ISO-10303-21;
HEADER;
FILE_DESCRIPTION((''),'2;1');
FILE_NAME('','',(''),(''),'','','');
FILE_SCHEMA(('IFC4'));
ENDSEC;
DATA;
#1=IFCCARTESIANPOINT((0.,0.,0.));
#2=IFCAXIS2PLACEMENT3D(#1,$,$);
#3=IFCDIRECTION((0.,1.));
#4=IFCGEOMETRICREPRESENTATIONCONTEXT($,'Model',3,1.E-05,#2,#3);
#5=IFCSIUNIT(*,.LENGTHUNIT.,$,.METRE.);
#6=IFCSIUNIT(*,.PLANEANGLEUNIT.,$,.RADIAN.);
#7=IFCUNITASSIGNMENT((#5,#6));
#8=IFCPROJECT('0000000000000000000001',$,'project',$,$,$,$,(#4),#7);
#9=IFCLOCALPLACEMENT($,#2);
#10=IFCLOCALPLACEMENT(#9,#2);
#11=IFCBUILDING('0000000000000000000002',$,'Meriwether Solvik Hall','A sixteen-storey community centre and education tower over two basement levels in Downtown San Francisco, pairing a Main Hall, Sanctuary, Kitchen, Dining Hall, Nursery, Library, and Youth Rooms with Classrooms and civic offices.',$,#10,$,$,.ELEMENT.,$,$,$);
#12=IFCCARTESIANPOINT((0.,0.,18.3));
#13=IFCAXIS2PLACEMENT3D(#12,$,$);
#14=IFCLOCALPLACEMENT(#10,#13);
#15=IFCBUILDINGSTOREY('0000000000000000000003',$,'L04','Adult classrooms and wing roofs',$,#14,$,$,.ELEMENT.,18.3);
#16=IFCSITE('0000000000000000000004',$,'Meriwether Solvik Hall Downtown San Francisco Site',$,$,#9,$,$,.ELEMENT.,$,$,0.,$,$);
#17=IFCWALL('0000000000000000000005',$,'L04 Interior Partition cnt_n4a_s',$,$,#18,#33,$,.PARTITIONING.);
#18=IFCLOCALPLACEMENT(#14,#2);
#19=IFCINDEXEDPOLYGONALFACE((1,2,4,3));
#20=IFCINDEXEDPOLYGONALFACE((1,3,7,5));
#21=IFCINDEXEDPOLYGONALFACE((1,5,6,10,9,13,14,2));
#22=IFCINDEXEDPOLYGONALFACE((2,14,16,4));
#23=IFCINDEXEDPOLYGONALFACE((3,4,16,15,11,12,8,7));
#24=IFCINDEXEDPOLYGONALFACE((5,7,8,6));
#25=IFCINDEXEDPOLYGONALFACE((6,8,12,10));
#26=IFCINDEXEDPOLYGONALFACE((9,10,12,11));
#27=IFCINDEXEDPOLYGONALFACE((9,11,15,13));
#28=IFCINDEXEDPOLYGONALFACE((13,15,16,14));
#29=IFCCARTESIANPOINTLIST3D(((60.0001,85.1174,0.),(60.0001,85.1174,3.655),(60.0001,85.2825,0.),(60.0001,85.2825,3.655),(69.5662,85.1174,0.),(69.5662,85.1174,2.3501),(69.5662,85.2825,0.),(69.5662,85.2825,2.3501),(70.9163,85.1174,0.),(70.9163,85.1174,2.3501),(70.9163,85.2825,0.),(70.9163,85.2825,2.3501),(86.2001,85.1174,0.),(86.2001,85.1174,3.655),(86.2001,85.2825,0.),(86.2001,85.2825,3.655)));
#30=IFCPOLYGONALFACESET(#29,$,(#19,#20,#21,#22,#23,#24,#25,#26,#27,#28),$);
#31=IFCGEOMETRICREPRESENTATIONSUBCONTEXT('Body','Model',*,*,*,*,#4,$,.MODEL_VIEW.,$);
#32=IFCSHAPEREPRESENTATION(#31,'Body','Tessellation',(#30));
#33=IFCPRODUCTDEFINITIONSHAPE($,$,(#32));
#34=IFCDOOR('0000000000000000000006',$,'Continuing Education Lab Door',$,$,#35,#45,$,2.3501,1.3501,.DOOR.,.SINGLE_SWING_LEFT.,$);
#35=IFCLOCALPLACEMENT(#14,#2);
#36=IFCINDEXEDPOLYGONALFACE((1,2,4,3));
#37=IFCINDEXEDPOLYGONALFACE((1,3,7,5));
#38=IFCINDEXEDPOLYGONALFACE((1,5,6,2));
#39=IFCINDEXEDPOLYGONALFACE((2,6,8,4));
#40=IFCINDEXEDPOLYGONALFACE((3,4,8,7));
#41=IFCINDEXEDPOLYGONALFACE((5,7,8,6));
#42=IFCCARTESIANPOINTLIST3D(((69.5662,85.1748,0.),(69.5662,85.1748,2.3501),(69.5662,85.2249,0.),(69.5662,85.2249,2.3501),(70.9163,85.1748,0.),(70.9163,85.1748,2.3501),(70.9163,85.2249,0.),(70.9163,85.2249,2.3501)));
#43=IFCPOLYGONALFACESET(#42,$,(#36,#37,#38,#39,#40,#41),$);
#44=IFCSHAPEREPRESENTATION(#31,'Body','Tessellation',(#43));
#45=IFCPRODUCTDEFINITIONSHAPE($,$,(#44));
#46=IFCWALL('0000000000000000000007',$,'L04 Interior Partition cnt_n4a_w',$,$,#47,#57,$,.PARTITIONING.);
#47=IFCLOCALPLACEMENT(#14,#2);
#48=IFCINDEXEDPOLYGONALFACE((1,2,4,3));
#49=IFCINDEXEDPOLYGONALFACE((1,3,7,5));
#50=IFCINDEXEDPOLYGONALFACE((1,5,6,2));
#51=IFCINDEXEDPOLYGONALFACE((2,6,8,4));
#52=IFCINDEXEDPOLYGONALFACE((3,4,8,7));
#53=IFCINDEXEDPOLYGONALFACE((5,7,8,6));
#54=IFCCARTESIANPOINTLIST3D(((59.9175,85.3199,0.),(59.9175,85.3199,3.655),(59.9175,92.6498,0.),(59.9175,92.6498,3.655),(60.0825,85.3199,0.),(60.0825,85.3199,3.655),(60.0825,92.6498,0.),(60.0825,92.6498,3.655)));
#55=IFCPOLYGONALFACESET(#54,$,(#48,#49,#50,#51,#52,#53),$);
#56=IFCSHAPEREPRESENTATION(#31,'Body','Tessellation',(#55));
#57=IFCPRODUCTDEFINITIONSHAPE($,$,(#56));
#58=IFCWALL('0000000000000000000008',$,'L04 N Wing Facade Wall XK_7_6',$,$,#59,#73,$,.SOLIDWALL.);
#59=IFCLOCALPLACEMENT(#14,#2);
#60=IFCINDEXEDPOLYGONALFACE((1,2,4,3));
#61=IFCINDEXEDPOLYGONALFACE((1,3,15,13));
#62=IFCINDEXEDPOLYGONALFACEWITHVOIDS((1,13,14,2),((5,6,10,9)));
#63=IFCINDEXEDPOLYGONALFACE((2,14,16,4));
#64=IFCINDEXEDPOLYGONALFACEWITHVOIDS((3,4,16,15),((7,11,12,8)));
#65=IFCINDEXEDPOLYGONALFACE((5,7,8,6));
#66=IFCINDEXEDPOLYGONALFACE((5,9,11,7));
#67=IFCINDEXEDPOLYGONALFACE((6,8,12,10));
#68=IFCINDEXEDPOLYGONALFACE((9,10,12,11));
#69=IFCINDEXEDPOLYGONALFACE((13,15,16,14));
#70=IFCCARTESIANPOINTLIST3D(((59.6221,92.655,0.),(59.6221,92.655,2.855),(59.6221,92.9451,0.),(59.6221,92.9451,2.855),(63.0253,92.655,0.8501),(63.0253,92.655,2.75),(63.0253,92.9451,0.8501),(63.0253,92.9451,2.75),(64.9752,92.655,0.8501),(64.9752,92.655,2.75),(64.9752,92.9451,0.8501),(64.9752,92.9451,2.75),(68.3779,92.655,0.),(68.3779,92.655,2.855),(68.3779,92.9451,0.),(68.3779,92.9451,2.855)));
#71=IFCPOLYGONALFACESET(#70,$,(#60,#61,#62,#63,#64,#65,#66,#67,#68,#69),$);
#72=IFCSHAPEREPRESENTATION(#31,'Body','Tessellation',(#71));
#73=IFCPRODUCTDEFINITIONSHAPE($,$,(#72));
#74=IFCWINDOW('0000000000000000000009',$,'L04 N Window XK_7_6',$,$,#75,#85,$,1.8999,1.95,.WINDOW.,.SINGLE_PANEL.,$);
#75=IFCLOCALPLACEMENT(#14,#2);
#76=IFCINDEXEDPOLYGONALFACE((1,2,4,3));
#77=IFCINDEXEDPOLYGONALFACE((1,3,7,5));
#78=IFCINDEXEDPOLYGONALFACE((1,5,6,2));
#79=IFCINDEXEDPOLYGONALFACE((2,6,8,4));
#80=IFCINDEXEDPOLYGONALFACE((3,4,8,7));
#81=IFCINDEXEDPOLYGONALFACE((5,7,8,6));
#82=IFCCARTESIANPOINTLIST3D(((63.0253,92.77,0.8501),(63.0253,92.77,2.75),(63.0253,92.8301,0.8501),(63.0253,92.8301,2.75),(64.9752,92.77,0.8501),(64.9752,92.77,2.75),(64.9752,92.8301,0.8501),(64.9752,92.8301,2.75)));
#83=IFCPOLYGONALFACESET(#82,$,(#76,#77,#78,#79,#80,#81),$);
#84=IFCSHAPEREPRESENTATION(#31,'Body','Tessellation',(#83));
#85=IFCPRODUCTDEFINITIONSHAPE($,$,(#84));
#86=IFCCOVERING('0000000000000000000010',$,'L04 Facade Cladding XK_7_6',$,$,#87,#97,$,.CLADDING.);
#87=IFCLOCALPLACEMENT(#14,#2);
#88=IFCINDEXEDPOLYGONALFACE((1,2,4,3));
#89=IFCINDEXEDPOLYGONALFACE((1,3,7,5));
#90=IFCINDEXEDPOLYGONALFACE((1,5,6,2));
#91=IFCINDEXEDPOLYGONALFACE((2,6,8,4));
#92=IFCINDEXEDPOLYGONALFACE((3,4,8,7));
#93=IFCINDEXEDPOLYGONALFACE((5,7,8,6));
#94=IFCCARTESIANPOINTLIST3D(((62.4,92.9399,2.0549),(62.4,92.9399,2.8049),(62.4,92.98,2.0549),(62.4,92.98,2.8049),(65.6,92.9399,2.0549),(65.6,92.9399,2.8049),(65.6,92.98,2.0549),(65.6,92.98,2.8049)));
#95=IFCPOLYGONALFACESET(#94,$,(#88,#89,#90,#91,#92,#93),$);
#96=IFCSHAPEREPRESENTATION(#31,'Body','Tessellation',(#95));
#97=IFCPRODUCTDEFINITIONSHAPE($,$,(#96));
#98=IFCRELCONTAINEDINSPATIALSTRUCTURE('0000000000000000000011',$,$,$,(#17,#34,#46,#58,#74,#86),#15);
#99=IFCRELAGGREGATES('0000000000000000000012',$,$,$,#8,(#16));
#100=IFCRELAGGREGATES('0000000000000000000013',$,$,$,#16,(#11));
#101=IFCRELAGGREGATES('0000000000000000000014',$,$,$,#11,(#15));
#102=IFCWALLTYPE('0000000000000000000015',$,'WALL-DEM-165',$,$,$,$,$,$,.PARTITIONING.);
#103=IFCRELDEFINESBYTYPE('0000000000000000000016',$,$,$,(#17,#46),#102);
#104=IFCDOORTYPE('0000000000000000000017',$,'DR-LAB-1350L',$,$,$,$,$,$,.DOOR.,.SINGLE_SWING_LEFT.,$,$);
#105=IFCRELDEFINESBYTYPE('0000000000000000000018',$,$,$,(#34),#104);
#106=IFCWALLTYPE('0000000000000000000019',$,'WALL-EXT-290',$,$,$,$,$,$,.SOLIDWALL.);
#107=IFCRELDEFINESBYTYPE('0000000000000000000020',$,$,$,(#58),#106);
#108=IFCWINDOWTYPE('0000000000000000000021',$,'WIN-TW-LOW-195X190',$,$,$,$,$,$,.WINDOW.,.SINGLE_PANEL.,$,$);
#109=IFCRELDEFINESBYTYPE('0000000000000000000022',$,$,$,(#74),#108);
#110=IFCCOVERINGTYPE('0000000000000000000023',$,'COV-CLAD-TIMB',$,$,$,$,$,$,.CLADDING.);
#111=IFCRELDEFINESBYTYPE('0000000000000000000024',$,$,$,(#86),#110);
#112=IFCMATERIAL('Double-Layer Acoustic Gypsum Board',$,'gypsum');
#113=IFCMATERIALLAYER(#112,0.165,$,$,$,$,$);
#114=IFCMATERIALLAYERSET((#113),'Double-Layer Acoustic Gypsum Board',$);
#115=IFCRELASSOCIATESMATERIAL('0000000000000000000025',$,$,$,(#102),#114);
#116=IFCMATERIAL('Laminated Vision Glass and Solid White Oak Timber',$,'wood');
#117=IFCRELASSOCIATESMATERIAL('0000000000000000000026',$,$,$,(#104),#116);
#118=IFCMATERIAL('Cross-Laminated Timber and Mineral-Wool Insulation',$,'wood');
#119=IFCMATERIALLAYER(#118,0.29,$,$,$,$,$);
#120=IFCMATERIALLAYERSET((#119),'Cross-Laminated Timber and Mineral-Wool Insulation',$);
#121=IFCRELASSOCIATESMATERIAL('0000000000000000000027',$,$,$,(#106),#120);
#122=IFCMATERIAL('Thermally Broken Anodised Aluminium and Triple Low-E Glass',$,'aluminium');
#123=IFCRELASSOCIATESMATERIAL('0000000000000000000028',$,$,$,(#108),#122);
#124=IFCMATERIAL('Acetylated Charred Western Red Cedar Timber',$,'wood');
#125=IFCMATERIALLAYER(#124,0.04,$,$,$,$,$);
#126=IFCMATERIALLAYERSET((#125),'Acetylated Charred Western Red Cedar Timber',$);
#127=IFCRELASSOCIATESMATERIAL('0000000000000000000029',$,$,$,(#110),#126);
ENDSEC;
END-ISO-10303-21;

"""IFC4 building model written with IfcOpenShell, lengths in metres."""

from ifc_helpers import new_model, si_unit, direction, frame, frame_2d, origin, origin_2d, place, context, subcontext, project, spatial, rectangle, extrude, material, layer, layer_set, type_object, element, fill, save


model = new_model("IFC4")

# Units and contexts
model_context = context("Model", 3, precision=1e-05, world=origin(), true_north=direction((0.0, 1.0)))
body_context = subcontext(model_context, "Body", "Model", "MODEL_VIEW")
ifc_project = project(units=[si_unit("LENGTHUNIT", "METRE"), si_unit("PLANEANGLEUNIT", "RADIAN")], contexts=[model_context])

# Site, building, storey
site_placement = place(None, origin())
site = spatial("IfcSite", under=ifc_project, at=site_placement, Name="Meriwether Solvik Hall Downtown San Francisco Site", CompositionType="ELEMENT", RefElevation=0.0)
building_placement = place(site_placement, origin())
building = spatial("IfcBuilding", under=site, at=building_placement, Name="Meriwether Solvik Hall", Description="A sixteen-storey community centre and education tower over two basement levels in Downtown San Francisco, pairing a Main Hall, Sanctuary, Kitchen, Dining Hall, Nursery, Library, and Youth Rooms with Classrooms and civic offices.", CompositionType="ELEMENT")
storey_placement = place(building_placement, frame((0.0, 0.0, 18.3)))
storey = spatial("IfcBuildingStorey", under=building, at=storey_placement, Name="L04", Description="Adult classrooms and wing roofs", CompositionType="ELEMENT", Elevation=18.3)

# Wall, opening, door
ifc_material_1 = material(Name="Double-Layer Acoustic Gypsum Board", Category="gypsum")
ifc_layer_1 = layer(ifc_material_1, 0.165)
ifc_layer_set_1 = layer_set([ifc_layer_1], Name="Double-Layer Acoustic Gypsum Board")
wall_type_1 = type_object("IfcWallType", Name="WALL-DEM-165", PredefinedType="PARTITIONING", material=ifc_layer_set_1)
wall_1_placement = place(storey_placement, frame((60.0, 85.2, 0.0), z_axis=(0.0, 0.0, 1.0), x_axis=(1.0, 0.0, 0.0)))
wall_1 = element("IfcWall", 1, at=wall_1_placement, inside=storey, type_object=wall_type_1, Name="L04 Interior Partition cnt_n4a_s", PredefinedType="PARTITIONING", context=body_context, shape_type="SweptSolid", body=[
    extrude(rectangle(XDim=26.2, YDim=0.165, at=frame_2d((13.1001, 0.0))), origin(), (0.0, 0.0, 1.0), 3.655),
])
opening_1_placement = place(wall_1_placement, frame((9.5662, 0.0, 0.0)))
opening_1 = element("IfcOpeningElement", 2, at=opening_1_placement, cuts=wall_1, PredefinedType="OPENING", context=body_context, shape_type="SweptSolid", body=[
    extrude(rectangle(XDim=1.3501, YDim=2.3501, at=frame_2d((0.675, 1.175))), frame((0.0, 0.0945, 0.0), z_axis=(0.0, -1.0, 0.0), x_axis=(1.0, 0.0, 0.0)), (0.0, 0.0, 1.0), 0.189),
])
ifc_material_2 = material(Name="Laminated Vision Glass and Solid White Oak Timber", Category="wood")
door_type = type_object("IfcDoorType", Name="DR-LAB-1350L", OperationType="SINGLE_SWING_LEFT", PredefinedType="DOOR", material=ifc_material_2)
door_placement = place(opening_1_placement, origin())
door = element("IfcDoor", 3, at=door_placement, inside=storey, type_object=door_type, Name="Continuing Education Lab Door", OperationType="SINGLE_SWING_LEFT", OverallHeight=2.3501, OverallWidth=1.3501, PredefinedType="DOOR", context=body_context, shape_type="SweptSolid", body=[
    extrude(rectangle(XDim=1.3501, YDim=2.3501, at=frame_2d((0.675, 1.175))), frame((0.0, 0.0249, 0.0), z_axis=(0.0, -1.0, 0.0), x_axis=(1.0, 0.0, 0.0)), (0.0, 0.0, 1.0), 0.05),
])
fill(opening_1, door)

# Wall
wall_2_placement = place(storey_placement, frame((60.0, 92.6499, 0.0), z_axis=(0.0, 0.0, 1.0), x_axis=(0.0, -1.0, 0.0)))
element("IfcWall", 4, at=wall_2_placement, inside=storey, type_object=wall_type_1, Name="L04 Interior Partition cnt_n4a_w", PredefinedType="PARTITIONING", context=body_context, shape_type="SweptSolid", body=[
    extrude(rectangle(XDim=7.3298, YDim=0.165, at=frame_2d((3.665, 0.0))), origin(), (0.0, 0.0, 1.0), 3.655),
])

# Wall, opening, window
ifc_material_3 = material(Name="Cross-Laminated Timber and Mineral-Wool Insulation", Category="wood")
ifc_layer_2 = layer(ifc_material_3, 0.29)
ifc_layer_set_2 = layer_set([ifc_layer_2], Name="Cross-Laminated Timber and Mineral-Wool Insulation")
wall_type_2 = type_object("IfcWallType", Name="WALL-EXT-290", PredefinedType="SOLIDWALL", material=ifc_layer_set_2)
wall_3_placement = place(storey_placement, frame((59.6221, 92.8, 0.0), z_axis=(0.0, 0.0, 1.0), x_axis=(1.0, 0.0, 0.0)))
wall_3 = element("IfcWall", 5, at=wall_3_placement, inside=storey, type_object=wall_type_2, Name="L04 N Wing Facade Wall XK_7_6", PredefinedType="SOLIDWALL", context=body_context, shape_type="SweptSolid", body=[
    extrude(rectangle(XDim=8.7559, YDim=0.29, at=frame_2d((4.3779, 0.0))), origin(), (0.0, 0.0, 1.0), 2.855),
])
opening_2_placement = place(wall_3_placement, frame((3.4031, 0.0, 0.8501)))
opening_2 = element("IfcOpeningElement", 6, at=opening_2_placement, cuts=wall_3, PredefinedType="OPENING", context=body_context, shape_type="SweptSolid", body=[
    extrude(rectangle(XDim=1.95, YDim=1.8999, at=frame_2d((0.9751, 0.95))), frame((0.0, 0.157, 0.0), z_axis=(0.0, -1.0, 0.0), x_axis=(1.0, 0.0, 0.0)), (0.0, 0.0, 1.0), 0.314),
])
ifc_material_4 = material(Name="Thermally Broken Anodised Aluminium and Triple Low-E Glass", Category="aluminium")
window_type = type_object("IfcWindowType", Name="WIN-TW-LOW-195X190", PartitioningType="SINGLE_PANEL", PredefinedType="WINDOW", material=ifc_material_4)
window_placement = place(opening_2_placement, origin())
window = element("IfcWindow", 7, at=window_placement, inside=storey, type_object=window_type, Name="L04 N Window XK_7_6", OverallHeight=1.8999, OverallWidth=1.95, PartitioningType="SINGLE_PANEL", PredefinedType="WINDOW", context=body_context, shape_type="SweptSolid", body=[
    extrude(rectangle(XDim=1.95, YDim=1.8999, at=frame_2d((0.9751, 0.95))), frame((0.0, 0.03, 0.0), z_axis=(0.0, -1.0, 0.0), x_axis=(1.0, 0.0, 0.0)), (0.0, 0.0, 1.0), 0.0601),
])
fill(opening_2, window)

# Covering
ifc_material_5 = material(Name="Acetylated Charred Western Red Cedar Timber", Category="wood")
ifc_layer_3 = layer(ifc_material_5, 0.04)
ifc_layer_set_3 = layer_set([ifc_layer_3], Name="Acetylated Charred Western Red Cedar Timber")
covering_type = type_object("IfcCoveringType", Name="COV-CLAD-TIMB", PredefinedType="CLADDING", material=ifc_layer_set_3)
covering_placement = place(storey_placement, frame((64.0, 92.96, 2.0549), z_axis=(0.0, 0.0, 1.0), x_axis=(1.0, 0.0, 0.0)))
element("IfcCovering", 8, at=covering_placement, inside=storey, type_object=covering_type, Name="L04 Facade Cladding XK_7_6", PredefinedType="CLADDING", context=body_context, shape_type="SweptSolid", body=[
    extrude(rectangle(XDim=3.2, YDim=0.04, at=origin_2d()), origin(), (0.0, 0.0, 1.0), 0.75),
])

save(model, "model.ifc")
